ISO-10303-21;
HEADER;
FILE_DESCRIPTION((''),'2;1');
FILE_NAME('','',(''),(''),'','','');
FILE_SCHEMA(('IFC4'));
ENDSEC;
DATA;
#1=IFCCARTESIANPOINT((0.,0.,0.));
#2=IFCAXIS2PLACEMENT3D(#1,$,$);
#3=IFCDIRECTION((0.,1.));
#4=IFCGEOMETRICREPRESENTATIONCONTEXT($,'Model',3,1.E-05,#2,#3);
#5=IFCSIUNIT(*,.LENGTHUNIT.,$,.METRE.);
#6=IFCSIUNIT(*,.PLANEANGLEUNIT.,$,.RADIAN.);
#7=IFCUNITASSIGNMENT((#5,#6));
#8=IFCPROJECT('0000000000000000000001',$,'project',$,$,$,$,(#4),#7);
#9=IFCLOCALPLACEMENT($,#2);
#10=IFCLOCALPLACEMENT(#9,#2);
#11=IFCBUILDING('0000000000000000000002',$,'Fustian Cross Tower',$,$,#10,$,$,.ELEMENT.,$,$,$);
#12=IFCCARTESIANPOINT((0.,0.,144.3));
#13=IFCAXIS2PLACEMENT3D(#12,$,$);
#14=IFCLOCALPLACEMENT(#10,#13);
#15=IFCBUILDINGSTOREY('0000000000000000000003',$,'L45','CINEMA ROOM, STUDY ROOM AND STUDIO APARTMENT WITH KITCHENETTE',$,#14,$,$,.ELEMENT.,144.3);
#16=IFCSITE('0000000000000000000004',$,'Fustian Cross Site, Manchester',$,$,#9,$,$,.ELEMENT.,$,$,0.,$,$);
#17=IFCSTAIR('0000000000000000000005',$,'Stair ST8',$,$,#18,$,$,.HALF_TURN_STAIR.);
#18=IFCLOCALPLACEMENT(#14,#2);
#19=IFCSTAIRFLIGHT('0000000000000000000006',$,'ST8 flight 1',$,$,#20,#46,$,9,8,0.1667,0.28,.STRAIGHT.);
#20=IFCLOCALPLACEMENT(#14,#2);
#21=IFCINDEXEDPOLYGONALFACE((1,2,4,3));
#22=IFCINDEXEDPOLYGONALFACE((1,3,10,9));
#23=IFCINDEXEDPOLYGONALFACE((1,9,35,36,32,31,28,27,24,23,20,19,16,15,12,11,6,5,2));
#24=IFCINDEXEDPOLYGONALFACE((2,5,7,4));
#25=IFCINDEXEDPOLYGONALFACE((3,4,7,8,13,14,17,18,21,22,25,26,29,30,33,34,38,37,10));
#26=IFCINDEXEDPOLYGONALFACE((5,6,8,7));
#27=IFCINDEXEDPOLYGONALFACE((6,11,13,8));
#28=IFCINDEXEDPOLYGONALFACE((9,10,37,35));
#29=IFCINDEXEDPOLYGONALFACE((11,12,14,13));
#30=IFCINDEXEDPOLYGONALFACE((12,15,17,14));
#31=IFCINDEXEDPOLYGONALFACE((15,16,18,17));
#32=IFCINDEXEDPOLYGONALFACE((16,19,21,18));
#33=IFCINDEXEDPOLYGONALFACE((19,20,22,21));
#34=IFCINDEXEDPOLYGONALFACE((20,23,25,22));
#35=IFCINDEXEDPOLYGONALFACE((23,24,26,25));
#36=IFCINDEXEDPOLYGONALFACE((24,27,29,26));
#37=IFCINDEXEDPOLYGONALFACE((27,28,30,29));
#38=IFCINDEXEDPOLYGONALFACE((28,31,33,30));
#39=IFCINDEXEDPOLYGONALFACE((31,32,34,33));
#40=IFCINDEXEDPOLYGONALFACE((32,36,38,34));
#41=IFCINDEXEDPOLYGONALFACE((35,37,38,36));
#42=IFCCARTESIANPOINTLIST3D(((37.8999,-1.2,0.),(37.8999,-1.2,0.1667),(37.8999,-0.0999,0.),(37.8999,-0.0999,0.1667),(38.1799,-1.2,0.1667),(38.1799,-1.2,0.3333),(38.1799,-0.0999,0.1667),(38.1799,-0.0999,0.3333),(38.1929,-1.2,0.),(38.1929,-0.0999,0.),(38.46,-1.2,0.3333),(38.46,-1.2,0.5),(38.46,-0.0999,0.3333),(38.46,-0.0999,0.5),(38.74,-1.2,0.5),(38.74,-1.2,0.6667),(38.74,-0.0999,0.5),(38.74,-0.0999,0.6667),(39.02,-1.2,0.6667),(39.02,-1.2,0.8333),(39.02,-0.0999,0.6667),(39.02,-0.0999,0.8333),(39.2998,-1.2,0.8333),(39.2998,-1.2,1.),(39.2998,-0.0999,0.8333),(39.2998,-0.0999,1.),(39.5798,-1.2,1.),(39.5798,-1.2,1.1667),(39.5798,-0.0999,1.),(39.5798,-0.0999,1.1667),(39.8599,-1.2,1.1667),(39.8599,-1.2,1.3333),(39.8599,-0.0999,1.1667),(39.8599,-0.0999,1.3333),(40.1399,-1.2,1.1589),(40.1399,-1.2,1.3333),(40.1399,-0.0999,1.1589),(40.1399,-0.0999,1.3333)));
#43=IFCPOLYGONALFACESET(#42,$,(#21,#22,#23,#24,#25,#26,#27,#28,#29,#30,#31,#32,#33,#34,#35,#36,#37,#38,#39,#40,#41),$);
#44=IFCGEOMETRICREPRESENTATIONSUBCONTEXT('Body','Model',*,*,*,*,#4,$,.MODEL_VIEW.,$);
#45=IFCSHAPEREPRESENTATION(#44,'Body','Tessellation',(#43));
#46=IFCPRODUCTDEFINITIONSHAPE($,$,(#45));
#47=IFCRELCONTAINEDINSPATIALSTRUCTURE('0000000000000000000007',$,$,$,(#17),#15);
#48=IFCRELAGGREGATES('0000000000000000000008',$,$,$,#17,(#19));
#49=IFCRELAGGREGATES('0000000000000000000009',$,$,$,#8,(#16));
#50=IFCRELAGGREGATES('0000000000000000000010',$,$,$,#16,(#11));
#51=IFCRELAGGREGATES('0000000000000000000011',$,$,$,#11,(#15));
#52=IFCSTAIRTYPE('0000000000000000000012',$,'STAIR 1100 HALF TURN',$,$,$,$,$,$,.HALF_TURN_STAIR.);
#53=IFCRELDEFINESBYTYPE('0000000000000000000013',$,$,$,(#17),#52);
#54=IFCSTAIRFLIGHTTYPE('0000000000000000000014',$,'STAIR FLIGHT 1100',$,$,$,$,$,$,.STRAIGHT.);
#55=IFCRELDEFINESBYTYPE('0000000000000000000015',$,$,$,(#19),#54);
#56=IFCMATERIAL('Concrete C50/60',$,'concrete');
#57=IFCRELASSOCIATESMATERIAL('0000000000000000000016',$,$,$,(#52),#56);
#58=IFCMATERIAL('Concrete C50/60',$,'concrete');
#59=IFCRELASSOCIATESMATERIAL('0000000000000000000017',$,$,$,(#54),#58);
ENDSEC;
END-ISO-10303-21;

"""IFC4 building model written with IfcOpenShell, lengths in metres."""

from ifc_helpers import new_model, si_unit, direction, frame, origin, place, context, subcontext, project, spatial, polyline, outline, extrude, material, type_object, element, aggregate, save


model = new_model("IFC4")

# Units and contexts
model_context = context("Model", 3, precision=1e-05, world=origin(), true_north=direction((0.0, 1.0)))
body_context = subcontext(model_context, "Body", "Model", "MODEL_VIEW")
ifc_project = project(units=[si_unit("LENGTHUNIT", "METRE"), si_unit("PLANEANGLEUNIT", "RADIAN")], contexts=[model_context])

# Site, building, storey
site_placement = place(None, origin())
site = spatial("IfcSite", under=ifc_project, at=site_placement, Name="Fustian Cross Site, Manchester", CompositionType="ELEMENT", RefElevation=0.0)
building_placement = place(site_placement, origin())
building = spatial("IfcBuilding", under=site, at=building_placement, Name="Fustian Cross Tower", CompositionType="ELEMENT")
storey_placement = place(building_placement, frame((0.0, 0.0, 144.3)))
storey = spatial("IfcBuildingStorey", under=building, at=storey_placement, Name="L45", Description="CINEMA ROOM, STUDY ROOM AND STUDIO APARTMENT WITH KITCHENETTE", CompositionType="ELEMENT", Elevation=144.3)

# Stair, stair flight
ifc_material_1 = material(Name="Concrete C50/60", Category="concrete")
stair_type = type_object("IfcStairType", Name="STAIR 1100 HALF TURN", PredefinedType="HALF_TURN_STAIR", material=ifc_material_1)
stair_placement = place(storey_placement, origin())
stair = element("IfcStair", 1, at=stair_placement, inside=storey, type_object=stair_type, Name="Stair ST8", PredefinedType="HALF_TURN_STAIR")
ifc_material_2 = material(Name="Concrete C50/60", Category="concrete")
stair_flight_type = type_object("IfcStairFlightType", Name="STAIR FLIGHT 1100", PredefinedType="STRAIGHT", material=ifc_material_2)
stair_flight_placement = place(storey_placement, frame((37.8999, -0.6499, 0.0), z_axis=(0.0, 0.0, 1.0), x_axis=(1.0, 0.0, 0.0)))
stair_flight = element("IfcStairFlight", 2, at=stair_flight_placement, type_object=stair_flight_type, Name="ST8 flight 1", NumberOfRisers=9, NumberOfTreads=8, PredefinedType="STRAIGHT", RiserHeight=0.1667, TreadLength=0.28, context=body_context, shape_type="SweptSolid", body=[
    extrude(outline(polyline([(0.0, 0.0), (0.0, 0.1667), (0.28, 0.1667), (0.28, 0.3333), (0.5601, 0.3333), (0.5601, 0.5), (0.8401, 0.5), (0.8401, 0.6667), (1.1201, 0.6667), (1.1201, 0.8333), (1.3999, 0.8333), (1.3999, 1.0), (1.6799, 1.0), (1.6799, 1.1667), (1.96, 1.1667), (1.96, 1.3333), (2.24, 1.3333), (2.24, 1.5), (2.24, 1.1589), (0.293, 0.0), (0.0, 0.0)])), frame((0.0, 0.55, 0.0), z_axis=(0.0, -1.0, 0.0), x_axis=(1.0, 0.0, 0.0)), (0.0, 0.0, 1.0), 1.1001),
])
aggregate(stair, [stair_flight])

save(model, "model.ifc")
